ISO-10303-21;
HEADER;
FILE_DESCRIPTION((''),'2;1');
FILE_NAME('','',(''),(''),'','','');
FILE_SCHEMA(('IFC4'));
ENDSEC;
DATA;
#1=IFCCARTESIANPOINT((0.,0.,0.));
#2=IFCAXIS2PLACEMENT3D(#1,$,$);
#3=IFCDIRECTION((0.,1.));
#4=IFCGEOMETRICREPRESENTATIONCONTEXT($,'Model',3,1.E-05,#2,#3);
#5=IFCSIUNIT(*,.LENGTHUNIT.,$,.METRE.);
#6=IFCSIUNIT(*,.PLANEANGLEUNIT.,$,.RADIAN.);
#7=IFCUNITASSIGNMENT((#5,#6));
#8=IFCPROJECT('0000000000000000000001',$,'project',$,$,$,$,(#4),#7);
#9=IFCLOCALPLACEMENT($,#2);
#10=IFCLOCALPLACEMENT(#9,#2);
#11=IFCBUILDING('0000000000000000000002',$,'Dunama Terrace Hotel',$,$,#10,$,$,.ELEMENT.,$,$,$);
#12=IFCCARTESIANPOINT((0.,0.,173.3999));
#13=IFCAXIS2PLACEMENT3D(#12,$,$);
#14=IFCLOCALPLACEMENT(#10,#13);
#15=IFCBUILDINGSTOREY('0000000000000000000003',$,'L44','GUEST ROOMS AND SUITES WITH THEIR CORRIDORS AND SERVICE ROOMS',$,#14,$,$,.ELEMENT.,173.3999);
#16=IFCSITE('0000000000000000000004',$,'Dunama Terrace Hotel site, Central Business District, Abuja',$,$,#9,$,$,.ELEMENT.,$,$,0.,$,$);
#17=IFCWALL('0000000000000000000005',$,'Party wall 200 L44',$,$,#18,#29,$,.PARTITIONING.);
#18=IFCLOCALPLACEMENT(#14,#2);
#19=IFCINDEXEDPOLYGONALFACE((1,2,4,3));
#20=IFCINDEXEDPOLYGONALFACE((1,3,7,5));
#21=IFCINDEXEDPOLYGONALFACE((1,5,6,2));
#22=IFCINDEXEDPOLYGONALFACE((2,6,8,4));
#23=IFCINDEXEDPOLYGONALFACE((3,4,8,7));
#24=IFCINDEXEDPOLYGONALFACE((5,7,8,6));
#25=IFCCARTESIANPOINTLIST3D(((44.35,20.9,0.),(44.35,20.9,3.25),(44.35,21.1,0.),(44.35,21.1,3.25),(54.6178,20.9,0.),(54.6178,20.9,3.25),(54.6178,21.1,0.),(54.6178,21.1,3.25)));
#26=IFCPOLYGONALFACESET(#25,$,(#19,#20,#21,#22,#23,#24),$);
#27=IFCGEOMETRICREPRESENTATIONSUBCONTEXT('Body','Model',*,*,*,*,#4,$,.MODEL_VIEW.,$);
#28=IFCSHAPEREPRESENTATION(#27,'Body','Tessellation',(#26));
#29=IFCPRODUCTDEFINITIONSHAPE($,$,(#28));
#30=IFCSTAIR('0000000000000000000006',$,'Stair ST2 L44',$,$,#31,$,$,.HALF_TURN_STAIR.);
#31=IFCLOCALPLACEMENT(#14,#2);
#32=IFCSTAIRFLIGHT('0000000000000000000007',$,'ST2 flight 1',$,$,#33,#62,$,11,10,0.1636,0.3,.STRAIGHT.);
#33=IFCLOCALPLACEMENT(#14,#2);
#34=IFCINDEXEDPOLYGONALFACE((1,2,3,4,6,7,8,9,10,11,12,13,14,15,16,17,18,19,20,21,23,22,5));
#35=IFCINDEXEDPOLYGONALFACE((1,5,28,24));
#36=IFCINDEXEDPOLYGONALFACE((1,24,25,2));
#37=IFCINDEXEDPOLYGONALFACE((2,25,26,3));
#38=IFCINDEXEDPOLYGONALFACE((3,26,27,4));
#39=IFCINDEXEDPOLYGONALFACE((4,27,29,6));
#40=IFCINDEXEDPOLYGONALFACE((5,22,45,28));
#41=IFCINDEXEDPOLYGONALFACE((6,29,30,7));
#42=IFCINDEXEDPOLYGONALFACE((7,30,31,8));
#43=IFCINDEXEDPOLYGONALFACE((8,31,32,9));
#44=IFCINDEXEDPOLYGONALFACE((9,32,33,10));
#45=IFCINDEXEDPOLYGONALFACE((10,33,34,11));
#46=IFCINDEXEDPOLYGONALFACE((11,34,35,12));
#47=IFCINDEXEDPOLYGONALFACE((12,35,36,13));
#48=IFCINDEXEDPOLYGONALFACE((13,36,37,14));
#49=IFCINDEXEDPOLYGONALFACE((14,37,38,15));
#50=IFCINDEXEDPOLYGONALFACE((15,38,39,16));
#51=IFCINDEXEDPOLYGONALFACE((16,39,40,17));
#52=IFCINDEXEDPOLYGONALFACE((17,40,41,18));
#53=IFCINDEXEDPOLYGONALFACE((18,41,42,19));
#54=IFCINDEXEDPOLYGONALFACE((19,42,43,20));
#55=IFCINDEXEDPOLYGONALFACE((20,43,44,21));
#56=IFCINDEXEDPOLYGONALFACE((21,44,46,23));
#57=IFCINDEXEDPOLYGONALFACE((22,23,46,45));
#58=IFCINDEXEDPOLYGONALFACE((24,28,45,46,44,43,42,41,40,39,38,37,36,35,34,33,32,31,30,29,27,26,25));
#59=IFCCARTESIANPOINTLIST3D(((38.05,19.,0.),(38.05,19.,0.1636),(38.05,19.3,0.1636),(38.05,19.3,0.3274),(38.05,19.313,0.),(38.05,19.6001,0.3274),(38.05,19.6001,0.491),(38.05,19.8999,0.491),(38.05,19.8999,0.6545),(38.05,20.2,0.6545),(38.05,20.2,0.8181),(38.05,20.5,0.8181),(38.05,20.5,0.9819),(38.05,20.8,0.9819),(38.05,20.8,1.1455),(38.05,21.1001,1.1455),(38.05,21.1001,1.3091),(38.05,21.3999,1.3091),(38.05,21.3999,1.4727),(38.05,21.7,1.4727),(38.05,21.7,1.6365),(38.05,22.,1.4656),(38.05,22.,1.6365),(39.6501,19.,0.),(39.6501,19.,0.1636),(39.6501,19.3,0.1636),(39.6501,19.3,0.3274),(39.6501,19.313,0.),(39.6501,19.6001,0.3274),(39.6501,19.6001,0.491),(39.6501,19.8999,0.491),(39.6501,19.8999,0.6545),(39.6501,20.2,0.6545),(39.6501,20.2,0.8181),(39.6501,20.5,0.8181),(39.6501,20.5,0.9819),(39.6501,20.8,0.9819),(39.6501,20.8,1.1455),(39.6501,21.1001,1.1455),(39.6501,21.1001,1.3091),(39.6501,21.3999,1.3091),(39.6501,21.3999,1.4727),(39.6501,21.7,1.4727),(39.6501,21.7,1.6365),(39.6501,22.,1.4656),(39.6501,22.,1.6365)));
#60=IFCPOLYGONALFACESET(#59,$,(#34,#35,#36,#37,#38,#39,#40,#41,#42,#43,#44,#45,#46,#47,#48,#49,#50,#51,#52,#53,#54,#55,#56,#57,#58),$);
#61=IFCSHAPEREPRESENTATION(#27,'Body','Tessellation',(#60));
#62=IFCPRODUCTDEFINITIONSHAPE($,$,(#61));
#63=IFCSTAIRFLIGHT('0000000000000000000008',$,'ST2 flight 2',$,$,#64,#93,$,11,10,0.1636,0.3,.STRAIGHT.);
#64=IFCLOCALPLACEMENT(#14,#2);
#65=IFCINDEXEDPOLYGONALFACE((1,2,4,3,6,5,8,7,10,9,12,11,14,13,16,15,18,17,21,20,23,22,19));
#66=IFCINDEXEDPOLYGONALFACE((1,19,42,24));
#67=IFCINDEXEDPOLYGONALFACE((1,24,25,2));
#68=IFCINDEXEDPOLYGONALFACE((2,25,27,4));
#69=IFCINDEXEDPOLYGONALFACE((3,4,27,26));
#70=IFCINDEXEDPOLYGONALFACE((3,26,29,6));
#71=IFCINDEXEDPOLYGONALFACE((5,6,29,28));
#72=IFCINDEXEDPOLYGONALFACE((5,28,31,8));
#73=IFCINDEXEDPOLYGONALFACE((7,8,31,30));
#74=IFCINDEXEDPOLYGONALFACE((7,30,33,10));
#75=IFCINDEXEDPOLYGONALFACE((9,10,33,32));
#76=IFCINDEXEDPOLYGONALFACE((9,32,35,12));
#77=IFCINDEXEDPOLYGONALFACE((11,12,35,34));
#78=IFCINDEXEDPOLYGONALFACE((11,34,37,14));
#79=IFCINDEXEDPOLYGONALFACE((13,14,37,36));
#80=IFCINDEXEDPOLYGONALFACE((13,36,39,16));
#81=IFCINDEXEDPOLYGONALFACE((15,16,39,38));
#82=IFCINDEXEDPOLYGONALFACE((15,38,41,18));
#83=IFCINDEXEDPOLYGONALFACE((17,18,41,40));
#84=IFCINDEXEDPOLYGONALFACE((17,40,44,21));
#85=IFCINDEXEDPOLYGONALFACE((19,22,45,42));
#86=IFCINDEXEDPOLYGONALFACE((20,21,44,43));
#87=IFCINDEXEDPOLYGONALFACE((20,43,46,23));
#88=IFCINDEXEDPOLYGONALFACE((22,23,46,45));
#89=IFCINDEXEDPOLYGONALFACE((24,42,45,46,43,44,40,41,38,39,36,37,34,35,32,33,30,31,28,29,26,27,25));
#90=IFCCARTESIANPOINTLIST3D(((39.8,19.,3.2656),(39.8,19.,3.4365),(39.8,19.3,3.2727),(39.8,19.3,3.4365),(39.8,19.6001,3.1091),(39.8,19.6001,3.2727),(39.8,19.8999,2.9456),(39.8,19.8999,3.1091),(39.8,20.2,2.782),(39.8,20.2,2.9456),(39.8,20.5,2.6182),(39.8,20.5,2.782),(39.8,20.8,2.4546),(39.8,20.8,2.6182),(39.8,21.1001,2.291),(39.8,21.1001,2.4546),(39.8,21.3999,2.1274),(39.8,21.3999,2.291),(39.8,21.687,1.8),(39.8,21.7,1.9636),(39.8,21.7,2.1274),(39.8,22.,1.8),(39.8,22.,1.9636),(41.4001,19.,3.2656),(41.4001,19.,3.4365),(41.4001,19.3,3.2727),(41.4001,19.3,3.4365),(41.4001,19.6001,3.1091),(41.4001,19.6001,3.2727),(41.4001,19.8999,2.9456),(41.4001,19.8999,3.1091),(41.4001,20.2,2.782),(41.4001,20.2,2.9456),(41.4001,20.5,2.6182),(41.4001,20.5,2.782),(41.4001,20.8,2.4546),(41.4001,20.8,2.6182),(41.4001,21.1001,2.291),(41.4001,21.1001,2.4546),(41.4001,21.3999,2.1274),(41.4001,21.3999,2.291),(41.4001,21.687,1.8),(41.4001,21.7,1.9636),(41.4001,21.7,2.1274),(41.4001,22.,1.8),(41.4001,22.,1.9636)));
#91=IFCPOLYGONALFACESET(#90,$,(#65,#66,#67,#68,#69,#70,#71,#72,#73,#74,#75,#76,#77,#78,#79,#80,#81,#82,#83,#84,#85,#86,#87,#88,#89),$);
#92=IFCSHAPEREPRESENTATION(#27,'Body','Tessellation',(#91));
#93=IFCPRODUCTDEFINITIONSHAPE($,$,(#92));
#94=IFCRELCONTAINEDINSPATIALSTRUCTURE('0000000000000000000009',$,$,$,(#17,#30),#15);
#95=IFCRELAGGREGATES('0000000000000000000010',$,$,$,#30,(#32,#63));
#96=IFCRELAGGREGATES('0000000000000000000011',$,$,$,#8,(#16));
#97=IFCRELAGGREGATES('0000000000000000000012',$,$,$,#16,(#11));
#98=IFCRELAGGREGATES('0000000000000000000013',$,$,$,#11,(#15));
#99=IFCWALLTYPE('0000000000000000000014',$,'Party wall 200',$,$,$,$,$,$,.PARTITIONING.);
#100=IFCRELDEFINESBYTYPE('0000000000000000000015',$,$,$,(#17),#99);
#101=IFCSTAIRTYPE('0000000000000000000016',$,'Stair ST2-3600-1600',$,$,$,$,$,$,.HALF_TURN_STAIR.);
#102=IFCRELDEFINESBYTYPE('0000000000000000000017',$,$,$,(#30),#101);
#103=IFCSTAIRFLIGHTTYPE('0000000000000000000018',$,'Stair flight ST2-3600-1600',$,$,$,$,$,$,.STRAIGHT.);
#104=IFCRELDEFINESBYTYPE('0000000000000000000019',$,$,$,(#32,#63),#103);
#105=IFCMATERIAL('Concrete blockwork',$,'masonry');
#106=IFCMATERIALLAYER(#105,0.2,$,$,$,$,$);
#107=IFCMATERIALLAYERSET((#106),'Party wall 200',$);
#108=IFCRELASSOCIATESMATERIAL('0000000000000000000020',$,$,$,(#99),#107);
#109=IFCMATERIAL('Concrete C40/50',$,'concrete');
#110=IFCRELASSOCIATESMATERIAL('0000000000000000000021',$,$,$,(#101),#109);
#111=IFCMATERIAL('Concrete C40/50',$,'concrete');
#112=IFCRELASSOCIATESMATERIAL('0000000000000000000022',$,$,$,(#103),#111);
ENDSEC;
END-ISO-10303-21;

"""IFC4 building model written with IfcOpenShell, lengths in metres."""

from ifc_helpers import new_model, si_unit, direction, frame, frame_2d, origin, place, context, subcontext, project, spatial, polyline, rectangle, outline, extrude, material, layer, layer_set, type_object, element, aggregate, save


model = new_model("IFC4")

# Units and contexts
model_context = context("Model", 3, precision=1e-05, world=origin(), true_north=direction((0.0, 1.0)))
body_context = subcontext(model_context, "Body", "Model", "MODEL_VIEW")
ifc_project = project(units=[si_unit("LENGTHUNIT", "METRE"), si_unit("PLANEANGLEUNIT", "RADIAN")], contexts=[model_context])

# Site, building, storey
site_placement = place(None, origin())
site = spatial("IfcSite", under=ifc_project, at=site_placement, Name="Dunama Terrace Hotel site, Central Business District, Abuja", CompositionType="ELEMENT", RefElevation=0.0)
building_placement = place(site_placement, origin())
building = spatial("IfcBuilding", under=site, at=building_placement, Name="Dunama Terrace Hotel", CompositionType="ELEMENT")
storey_placement = place(building_placement, frame((0.0, 0.0, 173.3999)))
storey = spatial("IfcBuildingStorey", under=building, at=storey_placement, Name="L44", Description="GUEST ROOMS AND SUITES WITH THEIR CORRIDORS AND SERVICE ROOMS", CompositionType="ELEMENT", Elevation=173.3999)

# Wall
ifc_material_1 = material(Name="Concrete blockwork", Category="masonry")
ifc_layer_1 = layer(ifc_material_1, 0.2)
ifc_layer_set_1 = layer_set([ifc_layer_1], Name="Party wall 200")
wall_type_1 = type_object("IfcWallType", Name="Party wall 200", PredefinedType="PARTITIONING", material=ifc_layer_set_1)
for number, where, z_axis, x_axis, name in (
    (1, (44.3501, 21.0, 0.0), (0.0, 0.0, 1.0), (1.0, 0.0, 0.0), "Party wall 200 L44"),
):
    element("IfcWall", number, at=place(storey_placement, frame(where, z_axis=z_axis, x_axis=x_axis)), inside=storey, type_object=wall_type_1, Name=name, PredefinedType="PARTITIONING", context=body_context, shape_type="SweptSolid", body=[
        extrude(rectangle(XDim=10.2678, YDim=0.2, at=frame_2d((5.1338, 0.0))), origin(), (0.0, 0.0, 1.0), 3.25),
    ])

# Stair, stair flights
ifc_material_2 = material(Name="Concrete C40/50", Category="concrete")
stair_type = type_object("IfcStairType", Name="Stair ST2-3600-1600", PredefinedType="HALF_TURN_STAIR", material=ifc_material_2)
stair_placement = place(storey_placement, origin())
stair = element("IfcStair", 2, at=stair_placement, inside=storey, type_object=stair_type, Name="Stair ST2 L44", PredefinedType="HALF_TURN_STAIR")
ifc_material_3 = material(Name="Concrete C40/50", Category="concrete")
stair_flight_type = type_object("IfcStairFlightType", Name="Stair flight ST2-3600-1600", PredefinedType="STRAIGHT", material=ifc_material_3)
stair_flight_1_placement = place(storey_placement, frame((38.8501, 19.0, 0.0), z_axis=(0.0, 0.0, 1.0), x_axis=(0.0, 1.0, 0.0)))
stair_flight_1 = element("IfcStairFlight", 3, at=stair_flight_1_placement, type_object=stair_flight_type, Name="ST2 flight 1", NumberOfRisers=11, NumberOfTreads=10, PredefinedType="STRAIGHT", RiserHeight=0.1636, TreadLength=0.3, context=body_context, shape_type="SweptSolid", body=[
    extrude(outline(polyline([(0.0, 0.0), (0.0, 0.1636), (0.3, 0.1636), (0.3, 0.3274), (0.6001, 0.3274), (0.6001, 0.491), (0.8999, 0.491), (0.8999, 0.6545), (1.2, 0.6545), (1.2, 0.8181), (1.5, 0.8181), (1.5, 0.9819), (1.8, 0.9819), (1.8, 1.1455), (2.1001, 1.1455), (2.1001, 1.3091), (2.3999, 1.3091), (2.3999, 1.4727), (2.7, 1.4727), (2.7, 1.6365), (3.0, 1.6365), (3.0, 1.8), (3.0, 1.4656), (0.313, 0.0), (0.0, 0.0)])), frame((0.0, 0.8, 0.0), z_axis=(0.0, -1.0, 0.0), x_axis=(1.0, 0.0, 0.0)), (0.0, 0.0, 1.0), 1.6001),
])
stair_flight_2_placement = place(storey_placement, frame((40.6001, 22.0, 1.8), z_axis=(0.0, 0.0, 1.0), x_axis=(0.0, -1.0, 0.0)))
stair_flight_2 = element("IfcStairFlight", 4, at=stair_flight_2_placement, type_object=stair_flight_type, Name="ST2 flight 2", NumberOfRisers=11, NumberOfTreads=10, PredefinedType="STRAIGHT", RiserHeight=0.1636, TreadLength=0.3, context=body_context, shape_type="SweptSolid", body=[
    extrude(outline(polyline([(0.0, 0.0), (0.0, 0.1636), (0.3, 0.1636), (0.3, 0.3274), (0.6001, 0.3274), (0.6001, 0.491), (0.8999, 0.491), (0.8999, 0.6545), (1.2, 0.6545), (1.2, 0.8181), (1.5, 0.8181), (1.5, 0.9819), (1.8, 0.9819), (1.8, 1.1455), (2.1001, 1.1455), (2.1001, 1.3091), (2.3999, 1.3091), (2.3999, 1.4727), (2.7, 1.4727), (2.7, 1.6365), (3.0, 1.6365), (3.0, 1.8), (3.0, 1.4656), (0.313, 0.0), (0.0, 0.0)])), frame((0.0, 0.8, 0.0), z_axis=(0.0, -1.0, 0.0), x_axis=(1.0, 0.0, 0.0)), (0.0, 0.0, 1.0), 1.6001),
])
aggregate(stair, [stair_flight_1, stair_flight_2])

save(model, "model.ifc")
